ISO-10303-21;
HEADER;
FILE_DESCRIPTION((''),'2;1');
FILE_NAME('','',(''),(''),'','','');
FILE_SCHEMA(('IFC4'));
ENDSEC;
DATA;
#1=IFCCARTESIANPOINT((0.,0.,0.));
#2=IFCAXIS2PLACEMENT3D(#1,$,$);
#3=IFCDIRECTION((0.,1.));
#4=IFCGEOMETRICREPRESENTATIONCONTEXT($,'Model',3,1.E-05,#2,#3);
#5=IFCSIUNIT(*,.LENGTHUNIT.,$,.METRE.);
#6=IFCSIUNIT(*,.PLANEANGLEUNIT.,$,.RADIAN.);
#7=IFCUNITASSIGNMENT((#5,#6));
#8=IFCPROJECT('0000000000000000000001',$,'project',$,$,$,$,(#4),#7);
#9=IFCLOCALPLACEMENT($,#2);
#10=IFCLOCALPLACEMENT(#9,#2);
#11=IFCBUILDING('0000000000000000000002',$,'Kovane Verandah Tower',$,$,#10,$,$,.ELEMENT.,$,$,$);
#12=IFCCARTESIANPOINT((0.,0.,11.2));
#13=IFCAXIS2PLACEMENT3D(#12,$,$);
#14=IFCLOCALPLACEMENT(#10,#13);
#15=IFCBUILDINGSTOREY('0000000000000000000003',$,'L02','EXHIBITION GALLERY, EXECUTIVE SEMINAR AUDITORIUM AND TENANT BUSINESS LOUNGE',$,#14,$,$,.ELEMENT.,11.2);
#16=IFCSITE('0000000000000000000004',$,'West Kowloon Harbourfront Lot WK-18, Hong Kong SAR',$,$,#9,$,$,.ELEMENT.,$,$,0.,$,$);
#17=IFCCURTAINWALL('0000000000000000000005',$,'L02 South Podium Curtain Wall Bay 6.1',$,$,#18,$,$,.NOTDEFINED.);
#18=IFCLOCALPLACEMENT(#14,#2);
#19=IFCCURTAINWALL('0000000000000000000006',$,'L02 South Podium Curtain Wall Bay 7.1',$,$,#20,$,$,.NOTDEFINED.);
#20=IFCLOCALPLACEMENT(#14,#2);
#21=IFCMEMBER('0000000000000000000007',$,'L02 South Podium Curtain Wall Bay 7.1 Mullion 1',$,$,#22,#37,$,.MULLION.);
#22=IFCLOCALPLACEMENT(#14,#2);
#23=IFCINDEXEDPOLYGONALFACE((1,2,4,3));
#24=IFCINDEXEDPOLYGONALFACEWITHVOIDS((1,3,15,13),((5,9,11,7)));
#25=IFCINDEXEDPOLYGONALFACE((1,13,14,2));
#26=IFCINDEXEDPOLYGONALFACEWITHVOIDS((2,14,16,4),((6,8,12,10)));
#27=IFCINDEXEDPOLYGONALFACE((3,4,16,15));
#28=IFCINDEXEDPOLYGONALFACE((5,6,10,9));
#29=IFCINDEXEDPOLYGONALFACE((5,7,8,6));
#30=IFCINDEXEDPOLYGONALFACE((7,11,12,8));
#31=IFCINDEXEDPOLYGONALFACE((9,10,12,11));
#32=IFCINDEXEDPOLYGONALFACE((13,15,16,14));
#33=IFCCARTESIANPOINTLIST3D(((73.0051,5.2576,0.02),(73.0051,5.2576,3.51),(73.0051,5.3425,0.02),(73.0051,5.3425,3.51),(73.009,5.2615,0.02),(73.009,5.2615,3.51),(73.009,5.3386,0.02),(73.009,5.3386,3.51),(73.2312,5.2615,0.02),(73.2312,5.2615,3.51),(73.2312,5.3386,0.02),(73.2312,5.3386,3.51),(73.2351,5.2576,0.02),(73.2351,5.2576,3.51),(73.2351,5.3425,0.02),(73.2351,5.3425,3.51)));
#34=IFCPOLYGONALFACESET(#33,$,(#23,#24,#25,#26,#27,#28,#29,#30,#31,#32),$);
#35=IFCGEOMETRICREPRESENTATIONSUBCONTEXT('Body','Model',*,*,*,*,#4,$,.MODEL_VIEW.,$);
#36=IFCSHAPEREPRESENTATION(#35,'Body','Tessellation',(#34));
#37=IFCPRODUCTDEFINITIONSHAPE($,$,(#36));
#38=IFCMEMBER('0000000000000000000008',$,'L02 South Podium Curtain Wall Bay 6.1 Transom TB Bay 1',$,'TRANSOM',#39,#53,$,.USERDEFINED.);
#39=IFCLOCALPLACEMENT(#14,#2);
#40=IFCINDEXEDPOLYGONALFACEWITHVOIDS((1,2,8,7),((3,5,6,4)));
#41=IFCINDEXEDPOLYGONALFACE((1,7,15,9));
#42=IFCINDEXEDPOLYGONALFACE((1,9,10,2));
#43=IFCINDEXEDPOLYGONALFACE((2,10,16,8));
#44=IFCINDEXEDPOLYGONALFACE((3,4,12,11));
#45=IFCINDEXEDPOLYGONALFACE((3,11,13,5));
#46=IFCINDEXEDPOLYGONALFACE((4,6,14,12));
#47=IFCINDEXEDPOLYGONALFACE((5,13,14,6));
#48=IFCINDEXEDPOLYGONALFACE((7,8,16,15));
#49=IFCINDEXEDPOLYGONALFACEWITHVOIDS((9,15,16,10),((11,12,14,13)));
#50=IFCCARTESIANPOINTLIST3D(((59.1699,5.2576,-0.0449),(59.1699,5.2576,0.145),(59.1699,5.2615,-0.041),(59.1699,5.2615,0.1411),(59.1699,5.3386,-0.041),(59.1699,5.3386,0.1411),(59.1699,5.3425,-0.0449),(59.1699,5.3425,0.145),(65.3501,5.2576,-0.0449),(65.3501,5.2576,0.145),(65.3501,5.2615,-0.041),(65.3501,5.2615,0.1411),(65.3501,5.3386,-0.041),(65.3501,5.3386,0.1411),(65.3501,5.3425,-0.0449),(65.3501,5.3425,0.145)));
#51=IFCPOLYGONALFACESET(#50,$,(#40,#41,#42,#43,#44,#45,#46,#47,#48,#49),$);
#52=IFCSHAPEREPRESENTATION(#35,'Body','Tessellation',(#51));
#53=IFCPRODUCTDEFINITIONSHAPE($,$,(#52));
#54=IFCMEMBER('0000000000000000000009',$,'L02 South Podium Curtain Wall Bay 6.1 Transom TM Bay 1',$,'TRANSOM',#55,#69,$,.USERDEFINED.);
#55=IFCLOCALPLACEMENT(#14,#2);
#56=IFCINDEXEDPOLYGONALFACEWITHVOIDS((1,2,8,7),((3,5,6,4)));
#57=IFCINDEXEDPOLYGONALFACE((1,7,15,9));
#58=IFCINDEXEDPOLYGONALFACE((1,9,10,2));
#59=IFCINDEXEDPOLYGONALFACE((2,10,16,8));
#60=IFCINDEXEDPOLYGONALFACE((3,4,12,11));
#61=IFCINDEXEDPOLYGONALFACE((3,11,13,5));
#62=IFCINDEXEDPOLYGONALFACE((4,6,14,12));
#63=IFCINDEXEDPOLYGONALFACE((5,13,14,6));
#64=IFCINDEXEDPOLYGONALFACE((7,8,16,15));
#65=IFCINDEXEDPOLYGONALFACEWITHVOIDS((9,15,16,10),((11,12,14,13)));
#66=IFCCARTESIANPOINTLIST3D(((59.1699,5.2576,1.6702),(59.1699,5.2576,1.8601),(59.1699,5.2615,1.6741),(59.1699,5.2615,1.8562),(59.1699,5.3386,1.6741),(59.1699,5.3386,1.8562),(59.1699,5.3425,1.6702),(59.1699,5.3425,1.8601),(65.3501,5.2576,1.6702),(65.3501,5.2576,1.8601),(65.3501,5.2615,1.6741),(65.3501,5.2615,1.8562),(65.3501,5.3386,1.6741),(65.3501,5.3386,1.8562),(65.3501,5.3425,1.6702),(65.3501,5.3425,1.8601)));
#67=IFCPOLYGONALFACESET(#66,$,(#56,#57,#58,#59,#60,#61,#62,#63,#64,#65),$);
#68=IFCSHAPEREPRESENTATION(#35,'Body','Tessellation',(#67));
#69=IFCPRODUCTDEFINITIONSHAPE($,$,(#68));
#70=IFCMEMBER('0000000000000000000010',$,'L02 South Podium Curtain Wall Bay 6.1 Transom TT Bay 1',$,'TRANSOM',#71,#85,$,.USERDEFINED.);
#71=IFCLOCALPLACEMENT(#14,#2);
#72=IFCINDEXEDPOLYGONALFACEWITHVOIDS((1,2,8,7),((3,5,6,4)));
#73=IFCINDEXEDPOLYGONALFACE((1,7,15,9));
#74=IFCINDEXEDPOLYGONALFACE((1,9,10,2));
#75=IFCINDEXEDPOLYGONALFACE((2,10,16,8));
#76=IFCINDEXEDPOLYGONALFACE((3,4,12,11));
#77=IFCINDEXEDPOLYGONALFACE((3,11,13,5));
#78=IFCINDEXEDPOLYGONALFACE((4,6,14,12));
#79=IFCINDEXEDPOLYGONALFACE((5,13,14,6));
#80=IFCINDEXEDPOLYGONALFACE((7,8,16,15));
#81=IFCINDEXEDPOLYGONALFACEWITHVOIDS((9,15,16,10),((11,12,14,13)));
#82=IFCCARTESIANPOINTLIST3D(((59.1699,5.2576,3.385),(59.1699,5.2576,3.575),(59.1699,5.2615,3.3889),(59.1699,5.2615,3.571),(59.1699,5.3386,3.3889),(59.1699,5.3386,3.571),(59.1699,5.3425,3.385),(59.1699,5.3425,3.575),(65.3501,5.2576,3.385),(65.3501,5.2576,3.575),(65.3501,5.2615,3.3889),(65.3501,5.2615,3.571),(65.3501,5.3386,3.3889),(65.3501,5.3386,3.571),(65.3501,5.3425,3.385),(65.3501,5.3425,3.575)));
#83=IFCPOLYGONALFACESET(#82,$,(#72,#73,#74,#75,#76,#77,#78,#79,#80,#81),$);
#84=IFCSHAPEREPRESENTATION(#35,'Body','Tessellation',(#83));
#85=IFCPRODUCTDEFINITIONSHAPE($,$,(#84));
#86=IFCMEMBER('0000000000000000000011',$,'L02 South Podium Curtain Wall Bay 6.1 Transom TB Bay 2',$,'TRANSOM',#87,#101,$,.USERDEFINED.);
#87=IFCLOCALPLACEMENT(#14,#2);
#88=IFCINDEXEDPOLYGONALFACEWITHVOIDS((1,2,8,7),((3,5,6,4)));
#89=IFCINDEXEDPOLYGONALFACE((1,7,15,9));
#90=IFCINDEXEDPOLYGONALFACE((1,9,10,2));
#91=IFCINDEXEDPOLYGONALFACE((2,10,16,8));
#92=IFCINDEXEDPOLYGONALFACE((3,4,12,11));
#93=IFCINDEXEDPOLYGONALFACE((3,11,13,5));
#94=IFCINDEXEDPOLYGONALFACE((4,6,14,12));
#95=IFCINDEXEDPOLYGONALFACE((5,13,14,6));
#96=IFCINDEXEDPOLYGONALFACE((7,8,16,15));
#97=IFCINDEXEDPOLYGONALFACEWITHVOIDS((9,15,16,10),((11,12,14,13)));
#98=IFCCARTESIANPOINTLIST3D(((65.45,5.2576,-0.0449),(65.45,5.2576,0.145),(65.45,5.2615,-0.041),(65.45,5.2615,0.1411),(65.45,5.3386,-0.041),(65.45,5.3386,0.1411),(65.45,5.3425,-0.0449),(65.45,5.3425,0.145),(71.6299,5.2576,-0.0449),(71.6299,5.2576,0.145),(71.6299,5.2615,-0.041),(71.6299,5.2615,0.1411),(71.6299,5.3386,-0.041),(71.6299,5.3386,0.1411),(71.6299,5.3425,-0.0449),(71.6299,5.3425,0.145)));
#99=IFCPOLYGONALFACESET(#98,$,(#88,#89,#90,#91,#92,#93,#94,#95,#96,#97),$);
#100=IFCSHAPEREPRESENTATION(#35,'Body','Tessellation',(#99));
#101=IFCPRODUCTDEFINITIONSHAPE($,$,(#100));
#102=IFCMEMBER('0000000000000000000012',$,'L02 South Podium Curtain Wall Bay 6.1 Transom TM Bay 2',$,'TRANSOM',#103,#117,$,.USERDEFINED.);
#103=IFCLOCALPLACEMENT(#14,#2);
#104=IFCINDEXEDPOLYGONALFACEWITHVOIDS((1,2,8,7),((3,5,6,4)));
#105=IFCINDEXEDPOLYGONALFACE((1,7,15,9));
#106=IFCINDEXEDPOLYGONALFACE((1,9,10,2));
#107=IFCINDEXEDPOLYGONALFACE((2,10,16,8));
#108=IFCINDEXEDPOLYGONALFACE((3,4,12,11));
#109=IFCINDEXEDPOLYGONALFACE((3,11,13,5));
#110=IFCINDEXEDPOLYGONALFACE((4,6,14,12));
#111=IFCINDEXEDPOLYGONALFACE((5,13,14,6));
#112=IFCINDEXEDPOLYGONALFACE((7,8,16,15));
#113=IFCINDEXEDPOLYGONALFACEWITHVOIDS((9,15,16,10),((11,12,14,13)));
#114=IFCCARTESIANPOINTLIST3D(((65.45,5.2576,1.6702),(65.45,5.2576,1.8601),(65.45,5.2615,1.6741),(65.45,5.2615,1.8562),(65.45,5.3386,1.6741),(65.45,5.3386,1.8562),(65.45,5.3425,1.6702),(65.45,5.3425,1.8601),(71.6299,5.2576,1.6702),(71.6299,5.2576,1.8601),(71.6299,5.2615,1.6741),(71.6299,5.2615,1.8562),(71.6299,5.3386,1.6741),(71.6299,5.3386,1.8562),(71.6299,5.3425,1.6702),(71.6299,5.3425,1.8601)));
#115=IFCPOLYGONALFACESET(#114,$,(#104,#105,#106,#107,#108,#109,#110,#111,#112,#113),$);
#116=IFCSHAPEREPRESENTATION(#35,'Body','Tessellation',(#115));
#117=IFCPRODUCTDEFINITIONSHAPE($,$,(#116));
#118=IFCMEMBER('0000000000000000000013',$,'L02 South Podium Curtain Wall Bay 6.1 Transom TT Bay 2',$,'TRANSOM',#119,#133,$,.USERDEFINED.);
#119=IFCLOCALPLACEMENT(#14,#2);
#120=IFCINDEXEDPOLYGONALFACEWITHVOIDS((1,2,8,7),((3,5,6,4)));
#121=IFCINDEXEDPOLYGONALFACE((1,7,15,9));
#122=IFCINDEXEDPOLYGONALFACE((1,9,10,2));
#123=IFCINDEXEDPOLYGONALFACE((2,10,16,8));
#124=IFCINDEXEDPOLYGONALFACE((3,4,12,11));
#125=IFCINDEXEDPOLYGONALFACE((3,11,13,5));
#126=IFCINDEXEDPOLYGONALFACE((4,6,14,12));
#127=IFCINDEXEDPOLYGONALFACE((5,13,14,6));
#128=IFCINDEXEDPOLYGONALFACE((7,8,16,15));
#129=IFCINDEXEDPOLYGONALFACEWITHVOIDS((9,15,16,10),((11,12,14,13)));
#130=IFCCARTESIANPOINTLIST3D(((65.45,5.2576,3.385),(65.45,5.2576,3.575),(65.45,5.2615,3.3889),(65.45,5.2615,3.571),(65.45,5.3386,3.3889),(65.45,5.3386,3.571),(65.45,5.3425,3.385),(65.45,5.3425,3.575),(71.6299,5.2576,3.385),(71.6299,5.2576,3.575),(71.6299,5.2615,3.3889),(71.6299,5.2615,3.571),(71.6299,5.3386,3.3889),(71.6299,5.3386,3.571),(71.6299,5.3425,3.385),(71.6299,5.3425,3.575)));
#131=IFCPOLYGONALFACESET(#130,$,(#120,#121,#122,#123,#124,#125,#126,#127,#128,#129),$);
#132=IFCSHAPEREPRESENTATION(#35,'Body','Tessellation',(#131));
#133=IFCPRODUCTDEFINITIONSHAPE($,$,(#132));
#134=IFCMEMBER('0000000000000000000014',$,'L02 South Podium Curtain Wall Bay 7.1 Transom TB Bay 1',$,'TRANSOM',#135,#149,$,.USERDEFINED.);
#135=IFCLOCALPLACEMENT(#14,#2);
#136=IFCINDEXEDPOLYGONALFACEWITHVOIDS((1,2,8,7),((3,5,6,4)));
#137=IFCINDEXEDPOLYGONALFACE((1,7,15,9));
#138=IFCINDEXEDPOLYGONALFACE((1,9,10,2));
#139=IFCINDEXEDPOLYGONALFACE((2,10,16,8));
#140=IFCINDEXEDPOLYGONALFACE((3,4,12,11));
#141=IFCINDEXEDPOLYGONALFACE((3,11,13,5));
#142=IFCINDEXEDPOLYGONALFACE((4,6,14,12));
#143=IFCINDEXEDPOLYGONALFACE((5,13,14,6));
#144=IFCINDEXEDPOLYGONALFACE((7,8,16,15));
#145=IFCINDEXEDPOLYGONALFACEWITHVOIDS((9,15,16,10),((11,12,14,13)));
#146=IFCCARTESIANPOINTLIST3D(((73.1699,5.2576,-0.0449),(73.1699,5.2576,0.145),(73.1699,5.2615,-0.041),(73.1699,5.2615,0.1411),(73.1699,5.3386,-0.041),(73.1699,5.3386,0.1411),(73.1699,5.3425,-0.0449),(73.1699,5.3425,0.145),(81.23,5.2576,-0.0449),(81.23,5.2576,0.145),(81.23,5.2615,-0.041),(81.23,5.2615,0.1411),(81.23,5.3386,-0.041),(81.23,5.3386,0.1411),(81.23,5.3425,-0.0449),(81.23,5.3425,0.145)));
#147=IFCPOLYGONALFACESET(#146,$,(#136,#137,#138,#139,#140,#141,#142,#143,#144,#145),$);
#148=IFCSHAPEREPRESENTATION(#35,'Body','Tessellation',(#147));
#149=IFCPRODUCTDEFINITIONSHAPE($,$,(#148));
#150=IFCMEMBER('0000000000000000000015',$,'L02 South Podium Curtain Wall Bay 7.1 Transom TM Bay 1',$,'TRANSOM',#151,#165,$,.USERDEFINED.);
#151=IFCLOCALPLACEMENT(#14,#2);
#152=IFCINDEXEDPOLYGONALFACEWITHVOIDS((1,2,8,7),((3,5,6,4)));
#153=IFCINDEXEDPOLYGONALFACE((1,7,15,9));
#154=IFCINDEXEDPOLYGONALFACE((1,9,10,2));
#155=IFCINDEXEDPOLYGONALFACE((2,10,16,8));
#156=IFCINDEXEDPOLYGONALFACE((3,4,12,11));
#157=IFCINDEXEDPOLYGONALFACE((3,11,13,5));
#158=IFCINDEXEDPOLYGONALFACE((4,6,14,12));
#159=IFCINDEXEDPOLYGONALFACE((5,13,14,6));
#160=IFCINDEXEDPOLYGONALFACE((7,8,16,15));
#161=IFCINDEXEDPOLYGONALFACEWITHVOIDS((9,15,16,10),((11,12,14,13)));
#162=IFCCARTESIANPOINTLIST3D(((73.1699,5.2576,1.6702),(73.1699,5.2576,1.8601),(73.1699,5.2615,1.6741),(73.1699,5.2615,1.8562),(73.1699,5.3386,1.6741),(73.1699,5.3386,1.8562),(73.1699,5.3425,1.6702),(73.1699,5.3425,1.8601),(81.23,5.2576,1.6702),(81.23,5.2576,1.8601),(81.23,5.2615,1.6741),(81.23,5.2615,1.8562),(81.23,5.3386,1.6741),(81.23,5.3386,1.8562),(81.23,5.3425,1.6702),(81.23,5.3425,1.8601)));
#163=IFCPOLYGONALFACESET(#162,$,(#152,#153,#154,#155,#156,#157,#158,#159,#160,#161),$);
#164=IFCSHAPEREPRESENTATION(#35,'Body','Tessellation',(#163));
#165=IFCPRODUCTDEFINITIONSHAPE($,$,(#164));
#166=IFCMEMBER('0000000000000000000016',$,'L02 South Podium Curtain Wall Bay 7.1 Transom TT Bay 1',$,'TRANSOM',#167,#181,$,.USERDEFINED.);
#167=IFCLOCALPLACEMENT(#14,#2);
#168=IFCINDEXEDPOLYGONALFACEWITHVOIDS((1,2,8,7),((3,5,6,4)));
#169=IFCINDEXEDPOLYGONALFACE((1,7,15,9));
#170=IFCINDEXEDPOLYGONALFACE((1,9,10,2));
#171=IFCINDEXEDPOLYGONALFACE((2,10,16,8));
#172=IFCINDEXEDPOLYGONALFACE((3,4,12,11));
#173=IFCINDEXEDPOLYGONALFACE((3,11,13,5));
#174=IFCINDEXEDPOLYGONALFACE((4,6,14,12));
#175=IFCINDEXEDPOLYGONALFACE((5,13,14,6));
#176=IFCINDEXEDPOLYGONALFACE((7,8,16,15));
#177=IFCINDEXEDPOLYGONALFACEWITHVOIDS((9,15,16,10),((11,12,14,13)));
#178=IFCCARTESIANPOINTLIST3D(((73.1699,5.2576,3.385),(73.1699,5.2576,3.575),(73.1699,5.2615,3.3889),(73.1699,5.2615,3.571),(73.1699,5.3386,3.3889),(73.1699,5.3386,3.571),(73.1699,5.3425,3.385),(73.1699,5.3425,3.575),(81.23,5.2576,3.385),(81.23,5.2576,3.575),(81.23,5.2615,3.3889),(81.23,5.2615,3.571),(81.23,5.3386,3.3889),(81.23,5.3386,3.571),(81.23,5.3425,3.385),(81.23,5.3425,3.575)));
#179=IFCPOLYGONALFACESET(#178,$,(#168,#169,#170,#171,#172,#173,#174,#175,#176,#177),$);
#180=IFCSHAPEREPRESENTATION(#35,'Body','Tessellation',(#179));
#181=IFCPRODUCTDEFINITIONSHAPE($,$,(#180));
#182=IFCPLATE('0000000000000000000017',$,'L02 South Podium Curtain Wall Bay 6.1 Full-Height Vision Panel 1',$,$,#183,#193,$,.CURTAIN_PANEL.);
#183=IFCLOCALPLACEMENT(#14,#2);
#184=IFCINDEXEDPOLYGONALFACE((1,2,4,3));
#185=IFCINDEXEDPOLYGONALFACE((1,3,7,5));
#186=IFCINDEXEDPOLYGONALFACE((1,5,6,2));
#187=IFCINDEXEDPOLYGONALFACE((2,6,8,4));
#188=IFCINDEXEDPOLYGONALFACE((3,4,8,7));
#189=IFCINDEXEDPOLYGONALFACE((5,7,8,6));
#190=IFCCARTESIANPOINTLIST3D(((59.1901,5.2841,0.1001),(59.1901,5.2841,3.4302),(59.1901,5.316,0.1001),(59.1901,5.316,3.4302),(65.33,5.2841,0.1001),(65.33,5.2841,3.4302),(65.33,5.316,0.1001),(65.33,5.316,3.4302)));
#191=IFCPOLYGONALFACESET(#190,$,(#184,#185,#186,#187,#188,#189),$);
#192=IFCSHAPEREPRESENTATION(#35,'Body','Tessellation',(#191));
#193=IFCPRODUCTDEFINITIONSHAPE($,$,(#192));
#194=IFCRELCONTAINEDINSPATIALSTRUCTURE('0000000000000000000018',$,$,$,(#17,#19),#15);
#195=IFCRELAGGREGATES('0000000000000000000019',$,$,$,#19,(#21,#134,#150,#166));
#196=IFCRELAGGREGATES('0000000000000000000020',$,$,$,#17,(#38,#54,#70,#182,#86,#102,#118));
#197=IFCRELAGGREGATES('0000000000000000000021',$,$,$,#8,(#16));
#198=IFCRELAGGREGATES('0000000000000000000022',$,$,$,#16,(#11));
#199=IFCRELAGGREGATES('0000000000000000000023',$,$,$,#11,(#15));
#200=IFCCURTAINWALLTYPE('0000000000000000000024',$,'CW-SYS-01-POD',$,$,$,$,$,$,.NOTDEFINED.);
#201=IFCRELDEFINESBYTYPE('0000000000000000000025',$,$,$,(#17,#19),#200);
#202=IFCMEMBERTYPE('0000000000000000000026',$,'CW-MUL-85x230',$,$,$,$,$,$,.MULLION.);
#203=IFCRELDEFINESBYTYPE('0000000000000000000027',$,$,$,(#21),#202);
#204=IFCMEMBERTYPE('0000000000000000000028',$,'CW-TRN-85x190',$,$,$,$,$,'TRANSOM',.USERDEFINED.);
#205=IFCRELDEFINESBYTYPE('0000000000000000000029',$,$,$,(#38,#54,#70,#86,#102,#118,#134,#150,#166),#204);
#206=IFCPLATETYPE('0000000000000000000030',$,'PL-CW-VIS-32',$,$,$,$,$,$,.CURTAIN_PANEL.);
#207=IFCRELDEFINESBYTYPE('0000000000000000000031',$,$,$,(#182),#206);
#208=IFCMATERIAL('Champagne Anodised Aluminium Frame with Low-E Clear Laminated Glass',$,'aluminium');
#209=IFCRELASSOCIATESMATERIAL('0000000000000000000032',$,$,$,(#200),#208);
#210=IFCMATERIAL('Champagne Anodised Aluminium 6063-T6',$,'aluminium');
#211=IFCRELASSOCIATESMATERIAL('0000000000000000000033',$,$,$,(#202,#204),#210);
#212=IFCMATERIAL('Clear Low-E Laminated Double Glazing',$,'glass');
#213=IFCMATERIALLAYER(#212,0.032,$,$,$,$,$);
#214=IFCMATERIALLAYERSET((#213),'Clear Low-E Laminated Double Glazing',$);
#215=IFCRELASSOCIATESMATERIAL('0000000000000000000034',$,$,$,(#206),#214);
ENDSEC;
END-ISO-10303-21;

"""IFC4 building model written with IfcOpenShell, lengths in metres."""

from ifc_helpers import new_model, si_unit, direction, frame, origin, origin_2d, place, context, subcontext, project, spatial, rectangle, hollow_rectangle, extrude, material, layer, layer_set, material_profile, profile_set, type_object, element, aggregate, save


model = new_model("IFC4")

# Units and contexts
model_context = context("Model", 3, precision=1e-05, world=origin(), true_north=direction((0.0, 1.0)))
body_context = subcontext(model_context, "Body", "Model", "MODEL_VIEW")
ifc_project = project(units=[si_unit("LENGTHUNIT", "METRE"), si_unit("PLANEANGLEUNIT", "RADIAN")], contexts=[model_context])

# Site, building, storey
site_placement = place(None, origin())
site = spatial("IfcSite", under=ifc_project, at=site_placement, Name="West Kowloon Harbourfront Lot WK-18, Hong Kong SAR", CompositionType="ELEMENT", RefElevation=0.0)
building_placement = place(site_placement, origin())
building = spatial("IfcBuilding", under=site, at=building_placement, Name="Kovane Verandah Tower", CompositionType="ELEMENT")
storey_placement = place(building_placement, frame((0.0, 0.0, 11.2)))
storey = spatial("IfcBuildingStorey", under=building, at=storey_placement, Name="L02", Description="EXHIBITION GALLERY, EXECUTIVE SEMINAR AUDITORIUM AND TENANT BUSINESS LOUNGE", CompositionType="ELEMENT", Elevation=11.2)

# Curtain wall
ifc_material_1 = material(Name="Champagne Anodised Aluminium Frame with Low-E Clear Laminated Glass", Category="aluminium")
curtain_wall_type = type_object("IfcCurtainWallType", Name="CW-SYS-01-POD", PredefinedType="NOTDEFINED", material=ifc_material_1)
curtain_wall_1_placement = place(storey_placement, origin())
curtain_wall_1 = element("IfcCurtainWall", 1, at=curtain_wall_1_placement, inside=storey, type_object=curtain_wall_type, Name="L02 South Podium Curtain Wall Bay 6.1", PredefinedType="NOTDEFINED")
ifc_material_2 = material(Name="Champagne Anodised Aluminium 6063-T6", Category="aluminium")
ifc_material_profile_1 = material_profile(ifc_material_2, hollow_rectangle(XDim=0.085, YDim=0.23, WallThickness=0.0039, at=origin_2d()), Name="AL85x230x4")
ifc_profile_set_1 = profile_set([ifc_material_profile_1], Name="Champagne Anodised Aluminium 6063-T6")
member_type_1 = type_object("IfcMemberType", Name="CW-MUL-85x230", PredefinedType="MULLION", material=ifc_profile_set_1)

# Curtain wall, member
curtain_wall_2_placement = place(storey_placement, origin())
curtain_wall_2 = element("IfcCurtainWall", 2, at=curtain_wall_2_placement, inside=storey, type_object=curtain_wall_type, Name="L02 South Podium Curtain Wall Bay 7.1", PredefinedType="NOTDEFINED")
member_1_placement = place(storey_placement, frame((73.1201, 5.3, 0.02), z_axis=(0.0, 0.0, 1.0), x_axis=(0.0, -1.0, 0.0)))
member_1 = element("IfcMember", 3, at=member_1_placement, type_object=member_type_1, Name="L02 South Podium Curtain Wall Bay 7.1 Mullion 1", PredefinedType="MULLION", context=body_context, shape_type="SweptSolid", body=[
    extrude(hollow_rectangle(XDim=0.085, YDim=0.23, WallThickness=0.0039, at=origin_2d()), origin(), (0.0, 0.0, 1.0), 3.49),
])

# Members
ifc_material_profile_2 = material_profile(ifc_material_2, hollow_rectangle(XDim=0.085, YDim=0.1899, WallThickness=0.0039, at=origin_2d()), Name="AL85x190x4")
ifc_profile_set_2 = profile_set([ifc_material_profile_2], Name="Champagne Anodised Aluminium 6063-T6")
member_type_2 = type_object("IfcMemberType", Name="CW-TRN-85x190", ElementType="TRANSOM", PredefinedType="USERDEFINED", material=ifc_profile_set_2)
member_2_placement = place(storey_placement, frame((59.1699, 5.3, 0.05), z_axis=(1.0, 0.0, 0.0), x_axis=(0.0, 1.0, 0.0)))
member_2 = element("IfcMember", 4, at=member_2_placement, type_object=member_type_2, Name="L02 South Podium Curtain Wall Bay 6.1 Transom TB Bay 1", ObjectType="TRANSOM", PredefinedType="USERDEFINED", context=body_context, shape_type="SweptSolid", body=[
    extrude(hollow_rectangle(XDim=0.085, YDim=0.1899, WallThickness=0.0039, at=origin_2d()), origin(), (0.0, 0.0, 1.0), 6.1802),
])
member_3_placement = place(storey_placement, frame((59.1699, 5.3, 1.7651), z_axis=(1.0, 0.0, 0.0), x_axis=(0.0, 1.0, 0.0)))
member_3 = element("IfcMember", 5, at=member_3_placement, type_object=member_type_2, Name="L02 South Podium Curtain Wall Bay 6.1 Transom TM Bay 1", ObjectType="TRANSOM", PredefinedType="USERDEFINED", context=body_context, shape_type="SweptSolid", body=[
    extrude(hollow_rectangle(XDim=0.085, YDim=0.1899, WallThickness=0.0039, at=origin_2d()), origin(), (0.0, 0.0, 1.0), 6.1802),
])
member_4_placement = place(storey_placement, frame((59.1699, 5.3, 3.48), z_axis=(1.0, 0.0, 0.0), x_axis=(0.0, 1.0, 0.0)))
member_4 = element("IfcMember", 6, at=member_4_placement, type_object=member_type_2, Name="L02 South Podium Curtain Wall Bay 6.1 Transom TT Bay 1", ObjectType="TRANSOM", PredefinedType="USERDEFINED", context=body_context, shape_type="SweptSolid", body=[
    extrude(hollow_rectangle(XDim=0.085, YDim=0.1899, WallThickness=0.0039, at=origin_2d()), origin(), (0.0, 0.0, 1.0), 6.1802),
])
member_5_placement = place(storey_placement, frame((65.45, 5.3, 0.05), z_axis=(1.0, 0.0, 0.0), x_axis=(0.0, 1.0, 0.0)))
member_5 = element("IfcMember", 7, at=member_5_placement, type_object=member_type_2, Name="L02 South Podium Curtain Wall Bay 6.1 Transom TB Bay 2", ObjectType="TRANSOM", PredefinedType="USERDEFINED", context=body_context, shape_type="SweptSolid", body=[
    extrude(hollow_rectangle(XDim=0.085, YDim=0.1899, WallThickness=0.0039, at=origin_2d()), origin(), (0.0, 0.0, 1.0), 6.1799),
])
member_6_placement = place(storey_placement, frame((65.45, 5.3, 1.7651), z_axis=(1.0, 0.0, 0.0), x_axis=(0.0, 1.0, 0.0)))
member_6 = element("IfcMember", 8, at=member_6_placement, type_object=member_type_2, Name="L02 South Podium Curtain Wall Bay 6.1 Transom TM Bay 2", ObjectType="TRANSOM", PredefinedType="USERDEFINED", context=body_context, shape_type="SweptSolid", body=[
    extrude(hollow_rectangle(XDim=0.085, YDim=0.1899, WallThickness=0.0039, at=origin_2d()), origin(), (0.0, 0.0, 1.0), 6.1799),
])
member_7_placement = place(storey_placement, frame((65.45, 5.3, 3.48), z_axis=(1.0, 0.0, 0.0), x_axis=(0.0, 1.0, 0.0)))
member_7 = element("IfcMember", 9, at=member_7_placement, type_object=member_type_2, Name="L02 South Podium Curtain Wall Bay 6.1 Transom TT Bay 2", ObjectType="TRANSOM", PredefinedType="USERDEFINED", context=body_context, shape_type="SweptSolid", body=[
    extrude(hollow_rectangle(XDim=0.085, YDim=0.1899, WallThickness=0.0039, at=origin_2d()), origin(), (0.0, 0.0, 1.0), 6.1799),
])
member_8_placement = place(storey_placement, frame((73.1699, 5.3, 0.05), z_axis=(1.0, 0.0, 0.0), x_axis=(0.0, 1.0, 0.0)))
member_8 = element("IfcMember", 10, at=member_8_placement, type_object=member_type_2, Name="L02 South Podium Curtain Wall Bay 7.1 Transom TB Bay 1", ObjectType="TRANSOM", PredefinedType="USERDEFINED", context=body_context, shape_type="SweptSolid", body=[
    extrude(hollow_rectangle(XDim=0.085, YDim=0.1899, WallThickness=0.0039, at=origin_2d()), origin(), (0.0, 0.0, 1.0), 8.0601),
])
member_9_placement = place(storey_placement, frame((73.1699, 5.3, 1.7651), z_axis=(1.0, 0.0, 0.0), x_axis=(0.0, 1.0, 0.0)))
member_9 = element("IfcMember", 11, at=member_9_placement, type_object=member_type_2, Name="L02 South Podium Curtain Wall Bay 7.1 Transom TM Bay 1", ObjectType="TRANSOM", PredefinedType="USERDEFINED", context=body_context, shape_type="SweptSolid", body=[
    extrude(hollow_rectangle(XDim=0.085, YDim=0.1899, WallThickness=0.0039, at=origin_2d()), origin(), (0.0, 0.0, 1.0), 8.0601),
])
member_10_placement = place(storey_placement, frame((73.1699, 5.3, 3.48), z_axis=(1.0, 0.0, 0.0), x_axis=(0.0, 1.0, 0.0)))
member_10 = element("IfcMember", 12, at=member_10_placement, type_object=member_type_2, Name="L02 South Podium Curtain Wall Bay 7.1 Transom TT Bay 1", ObjectType="TRANSOM", PredefinedType="USERDEFINED", context=body_context, shape_type="SweptSolid", body=[
    extrude(hollow_rectangle(XDim=0.085, YDim=0.1899, WallThickness=0.0039, at=origin_2d()), origin(), (0.0, 0.0, 1.0), 8.0601),
])
aggregate(curtain_wall_2, [member_1, member_8, member_9, member_10])

# Plate
ifc_material_3 = material(Name="Clear Low-E Laminated Double Glazing", Category="glass")
ifc_layer_1 = layer(ifc_material_3, 0.032)
ifc_layer_set_1 = layer_set([ifc_layer_1], Name="Clear Low-E Laminated Double Glazing")
plate_type = type_object("IfcPlateType", Name="PL-CW-VIS-32", PredefinedType="CURTAIN_PANEL", material=ifc_layer_set_1)
plate_1_placement = place(storey_placement, frame((62.26, 5.3, 0.1001), z_axis=(0.0, 0.0, 1.0), x_axis=(1.0, 0.0, 0.0)))
plate_1 = element("IfcPlate", 13, at=plate_1_placement, type_object=plate_type, Name="L02 South Podium Curtain Wall Bay 6.1 Full-Height Vision Panel 1", PredefinedType="CURTAIN_PANEL", context=body_context, shape_type="SweptSolid", body=[
    extrude(rectangle(XDim=6.1399, YDim=0.032, at=origin_2d()), origin(), (0.0, 0.0, 1.0), 3.3301),
])
aggregate(curtain_wall_1, [member_2, member_3, member_4, plate_1, member_5, member_6, member_7])

save(model, "model.ifc")
